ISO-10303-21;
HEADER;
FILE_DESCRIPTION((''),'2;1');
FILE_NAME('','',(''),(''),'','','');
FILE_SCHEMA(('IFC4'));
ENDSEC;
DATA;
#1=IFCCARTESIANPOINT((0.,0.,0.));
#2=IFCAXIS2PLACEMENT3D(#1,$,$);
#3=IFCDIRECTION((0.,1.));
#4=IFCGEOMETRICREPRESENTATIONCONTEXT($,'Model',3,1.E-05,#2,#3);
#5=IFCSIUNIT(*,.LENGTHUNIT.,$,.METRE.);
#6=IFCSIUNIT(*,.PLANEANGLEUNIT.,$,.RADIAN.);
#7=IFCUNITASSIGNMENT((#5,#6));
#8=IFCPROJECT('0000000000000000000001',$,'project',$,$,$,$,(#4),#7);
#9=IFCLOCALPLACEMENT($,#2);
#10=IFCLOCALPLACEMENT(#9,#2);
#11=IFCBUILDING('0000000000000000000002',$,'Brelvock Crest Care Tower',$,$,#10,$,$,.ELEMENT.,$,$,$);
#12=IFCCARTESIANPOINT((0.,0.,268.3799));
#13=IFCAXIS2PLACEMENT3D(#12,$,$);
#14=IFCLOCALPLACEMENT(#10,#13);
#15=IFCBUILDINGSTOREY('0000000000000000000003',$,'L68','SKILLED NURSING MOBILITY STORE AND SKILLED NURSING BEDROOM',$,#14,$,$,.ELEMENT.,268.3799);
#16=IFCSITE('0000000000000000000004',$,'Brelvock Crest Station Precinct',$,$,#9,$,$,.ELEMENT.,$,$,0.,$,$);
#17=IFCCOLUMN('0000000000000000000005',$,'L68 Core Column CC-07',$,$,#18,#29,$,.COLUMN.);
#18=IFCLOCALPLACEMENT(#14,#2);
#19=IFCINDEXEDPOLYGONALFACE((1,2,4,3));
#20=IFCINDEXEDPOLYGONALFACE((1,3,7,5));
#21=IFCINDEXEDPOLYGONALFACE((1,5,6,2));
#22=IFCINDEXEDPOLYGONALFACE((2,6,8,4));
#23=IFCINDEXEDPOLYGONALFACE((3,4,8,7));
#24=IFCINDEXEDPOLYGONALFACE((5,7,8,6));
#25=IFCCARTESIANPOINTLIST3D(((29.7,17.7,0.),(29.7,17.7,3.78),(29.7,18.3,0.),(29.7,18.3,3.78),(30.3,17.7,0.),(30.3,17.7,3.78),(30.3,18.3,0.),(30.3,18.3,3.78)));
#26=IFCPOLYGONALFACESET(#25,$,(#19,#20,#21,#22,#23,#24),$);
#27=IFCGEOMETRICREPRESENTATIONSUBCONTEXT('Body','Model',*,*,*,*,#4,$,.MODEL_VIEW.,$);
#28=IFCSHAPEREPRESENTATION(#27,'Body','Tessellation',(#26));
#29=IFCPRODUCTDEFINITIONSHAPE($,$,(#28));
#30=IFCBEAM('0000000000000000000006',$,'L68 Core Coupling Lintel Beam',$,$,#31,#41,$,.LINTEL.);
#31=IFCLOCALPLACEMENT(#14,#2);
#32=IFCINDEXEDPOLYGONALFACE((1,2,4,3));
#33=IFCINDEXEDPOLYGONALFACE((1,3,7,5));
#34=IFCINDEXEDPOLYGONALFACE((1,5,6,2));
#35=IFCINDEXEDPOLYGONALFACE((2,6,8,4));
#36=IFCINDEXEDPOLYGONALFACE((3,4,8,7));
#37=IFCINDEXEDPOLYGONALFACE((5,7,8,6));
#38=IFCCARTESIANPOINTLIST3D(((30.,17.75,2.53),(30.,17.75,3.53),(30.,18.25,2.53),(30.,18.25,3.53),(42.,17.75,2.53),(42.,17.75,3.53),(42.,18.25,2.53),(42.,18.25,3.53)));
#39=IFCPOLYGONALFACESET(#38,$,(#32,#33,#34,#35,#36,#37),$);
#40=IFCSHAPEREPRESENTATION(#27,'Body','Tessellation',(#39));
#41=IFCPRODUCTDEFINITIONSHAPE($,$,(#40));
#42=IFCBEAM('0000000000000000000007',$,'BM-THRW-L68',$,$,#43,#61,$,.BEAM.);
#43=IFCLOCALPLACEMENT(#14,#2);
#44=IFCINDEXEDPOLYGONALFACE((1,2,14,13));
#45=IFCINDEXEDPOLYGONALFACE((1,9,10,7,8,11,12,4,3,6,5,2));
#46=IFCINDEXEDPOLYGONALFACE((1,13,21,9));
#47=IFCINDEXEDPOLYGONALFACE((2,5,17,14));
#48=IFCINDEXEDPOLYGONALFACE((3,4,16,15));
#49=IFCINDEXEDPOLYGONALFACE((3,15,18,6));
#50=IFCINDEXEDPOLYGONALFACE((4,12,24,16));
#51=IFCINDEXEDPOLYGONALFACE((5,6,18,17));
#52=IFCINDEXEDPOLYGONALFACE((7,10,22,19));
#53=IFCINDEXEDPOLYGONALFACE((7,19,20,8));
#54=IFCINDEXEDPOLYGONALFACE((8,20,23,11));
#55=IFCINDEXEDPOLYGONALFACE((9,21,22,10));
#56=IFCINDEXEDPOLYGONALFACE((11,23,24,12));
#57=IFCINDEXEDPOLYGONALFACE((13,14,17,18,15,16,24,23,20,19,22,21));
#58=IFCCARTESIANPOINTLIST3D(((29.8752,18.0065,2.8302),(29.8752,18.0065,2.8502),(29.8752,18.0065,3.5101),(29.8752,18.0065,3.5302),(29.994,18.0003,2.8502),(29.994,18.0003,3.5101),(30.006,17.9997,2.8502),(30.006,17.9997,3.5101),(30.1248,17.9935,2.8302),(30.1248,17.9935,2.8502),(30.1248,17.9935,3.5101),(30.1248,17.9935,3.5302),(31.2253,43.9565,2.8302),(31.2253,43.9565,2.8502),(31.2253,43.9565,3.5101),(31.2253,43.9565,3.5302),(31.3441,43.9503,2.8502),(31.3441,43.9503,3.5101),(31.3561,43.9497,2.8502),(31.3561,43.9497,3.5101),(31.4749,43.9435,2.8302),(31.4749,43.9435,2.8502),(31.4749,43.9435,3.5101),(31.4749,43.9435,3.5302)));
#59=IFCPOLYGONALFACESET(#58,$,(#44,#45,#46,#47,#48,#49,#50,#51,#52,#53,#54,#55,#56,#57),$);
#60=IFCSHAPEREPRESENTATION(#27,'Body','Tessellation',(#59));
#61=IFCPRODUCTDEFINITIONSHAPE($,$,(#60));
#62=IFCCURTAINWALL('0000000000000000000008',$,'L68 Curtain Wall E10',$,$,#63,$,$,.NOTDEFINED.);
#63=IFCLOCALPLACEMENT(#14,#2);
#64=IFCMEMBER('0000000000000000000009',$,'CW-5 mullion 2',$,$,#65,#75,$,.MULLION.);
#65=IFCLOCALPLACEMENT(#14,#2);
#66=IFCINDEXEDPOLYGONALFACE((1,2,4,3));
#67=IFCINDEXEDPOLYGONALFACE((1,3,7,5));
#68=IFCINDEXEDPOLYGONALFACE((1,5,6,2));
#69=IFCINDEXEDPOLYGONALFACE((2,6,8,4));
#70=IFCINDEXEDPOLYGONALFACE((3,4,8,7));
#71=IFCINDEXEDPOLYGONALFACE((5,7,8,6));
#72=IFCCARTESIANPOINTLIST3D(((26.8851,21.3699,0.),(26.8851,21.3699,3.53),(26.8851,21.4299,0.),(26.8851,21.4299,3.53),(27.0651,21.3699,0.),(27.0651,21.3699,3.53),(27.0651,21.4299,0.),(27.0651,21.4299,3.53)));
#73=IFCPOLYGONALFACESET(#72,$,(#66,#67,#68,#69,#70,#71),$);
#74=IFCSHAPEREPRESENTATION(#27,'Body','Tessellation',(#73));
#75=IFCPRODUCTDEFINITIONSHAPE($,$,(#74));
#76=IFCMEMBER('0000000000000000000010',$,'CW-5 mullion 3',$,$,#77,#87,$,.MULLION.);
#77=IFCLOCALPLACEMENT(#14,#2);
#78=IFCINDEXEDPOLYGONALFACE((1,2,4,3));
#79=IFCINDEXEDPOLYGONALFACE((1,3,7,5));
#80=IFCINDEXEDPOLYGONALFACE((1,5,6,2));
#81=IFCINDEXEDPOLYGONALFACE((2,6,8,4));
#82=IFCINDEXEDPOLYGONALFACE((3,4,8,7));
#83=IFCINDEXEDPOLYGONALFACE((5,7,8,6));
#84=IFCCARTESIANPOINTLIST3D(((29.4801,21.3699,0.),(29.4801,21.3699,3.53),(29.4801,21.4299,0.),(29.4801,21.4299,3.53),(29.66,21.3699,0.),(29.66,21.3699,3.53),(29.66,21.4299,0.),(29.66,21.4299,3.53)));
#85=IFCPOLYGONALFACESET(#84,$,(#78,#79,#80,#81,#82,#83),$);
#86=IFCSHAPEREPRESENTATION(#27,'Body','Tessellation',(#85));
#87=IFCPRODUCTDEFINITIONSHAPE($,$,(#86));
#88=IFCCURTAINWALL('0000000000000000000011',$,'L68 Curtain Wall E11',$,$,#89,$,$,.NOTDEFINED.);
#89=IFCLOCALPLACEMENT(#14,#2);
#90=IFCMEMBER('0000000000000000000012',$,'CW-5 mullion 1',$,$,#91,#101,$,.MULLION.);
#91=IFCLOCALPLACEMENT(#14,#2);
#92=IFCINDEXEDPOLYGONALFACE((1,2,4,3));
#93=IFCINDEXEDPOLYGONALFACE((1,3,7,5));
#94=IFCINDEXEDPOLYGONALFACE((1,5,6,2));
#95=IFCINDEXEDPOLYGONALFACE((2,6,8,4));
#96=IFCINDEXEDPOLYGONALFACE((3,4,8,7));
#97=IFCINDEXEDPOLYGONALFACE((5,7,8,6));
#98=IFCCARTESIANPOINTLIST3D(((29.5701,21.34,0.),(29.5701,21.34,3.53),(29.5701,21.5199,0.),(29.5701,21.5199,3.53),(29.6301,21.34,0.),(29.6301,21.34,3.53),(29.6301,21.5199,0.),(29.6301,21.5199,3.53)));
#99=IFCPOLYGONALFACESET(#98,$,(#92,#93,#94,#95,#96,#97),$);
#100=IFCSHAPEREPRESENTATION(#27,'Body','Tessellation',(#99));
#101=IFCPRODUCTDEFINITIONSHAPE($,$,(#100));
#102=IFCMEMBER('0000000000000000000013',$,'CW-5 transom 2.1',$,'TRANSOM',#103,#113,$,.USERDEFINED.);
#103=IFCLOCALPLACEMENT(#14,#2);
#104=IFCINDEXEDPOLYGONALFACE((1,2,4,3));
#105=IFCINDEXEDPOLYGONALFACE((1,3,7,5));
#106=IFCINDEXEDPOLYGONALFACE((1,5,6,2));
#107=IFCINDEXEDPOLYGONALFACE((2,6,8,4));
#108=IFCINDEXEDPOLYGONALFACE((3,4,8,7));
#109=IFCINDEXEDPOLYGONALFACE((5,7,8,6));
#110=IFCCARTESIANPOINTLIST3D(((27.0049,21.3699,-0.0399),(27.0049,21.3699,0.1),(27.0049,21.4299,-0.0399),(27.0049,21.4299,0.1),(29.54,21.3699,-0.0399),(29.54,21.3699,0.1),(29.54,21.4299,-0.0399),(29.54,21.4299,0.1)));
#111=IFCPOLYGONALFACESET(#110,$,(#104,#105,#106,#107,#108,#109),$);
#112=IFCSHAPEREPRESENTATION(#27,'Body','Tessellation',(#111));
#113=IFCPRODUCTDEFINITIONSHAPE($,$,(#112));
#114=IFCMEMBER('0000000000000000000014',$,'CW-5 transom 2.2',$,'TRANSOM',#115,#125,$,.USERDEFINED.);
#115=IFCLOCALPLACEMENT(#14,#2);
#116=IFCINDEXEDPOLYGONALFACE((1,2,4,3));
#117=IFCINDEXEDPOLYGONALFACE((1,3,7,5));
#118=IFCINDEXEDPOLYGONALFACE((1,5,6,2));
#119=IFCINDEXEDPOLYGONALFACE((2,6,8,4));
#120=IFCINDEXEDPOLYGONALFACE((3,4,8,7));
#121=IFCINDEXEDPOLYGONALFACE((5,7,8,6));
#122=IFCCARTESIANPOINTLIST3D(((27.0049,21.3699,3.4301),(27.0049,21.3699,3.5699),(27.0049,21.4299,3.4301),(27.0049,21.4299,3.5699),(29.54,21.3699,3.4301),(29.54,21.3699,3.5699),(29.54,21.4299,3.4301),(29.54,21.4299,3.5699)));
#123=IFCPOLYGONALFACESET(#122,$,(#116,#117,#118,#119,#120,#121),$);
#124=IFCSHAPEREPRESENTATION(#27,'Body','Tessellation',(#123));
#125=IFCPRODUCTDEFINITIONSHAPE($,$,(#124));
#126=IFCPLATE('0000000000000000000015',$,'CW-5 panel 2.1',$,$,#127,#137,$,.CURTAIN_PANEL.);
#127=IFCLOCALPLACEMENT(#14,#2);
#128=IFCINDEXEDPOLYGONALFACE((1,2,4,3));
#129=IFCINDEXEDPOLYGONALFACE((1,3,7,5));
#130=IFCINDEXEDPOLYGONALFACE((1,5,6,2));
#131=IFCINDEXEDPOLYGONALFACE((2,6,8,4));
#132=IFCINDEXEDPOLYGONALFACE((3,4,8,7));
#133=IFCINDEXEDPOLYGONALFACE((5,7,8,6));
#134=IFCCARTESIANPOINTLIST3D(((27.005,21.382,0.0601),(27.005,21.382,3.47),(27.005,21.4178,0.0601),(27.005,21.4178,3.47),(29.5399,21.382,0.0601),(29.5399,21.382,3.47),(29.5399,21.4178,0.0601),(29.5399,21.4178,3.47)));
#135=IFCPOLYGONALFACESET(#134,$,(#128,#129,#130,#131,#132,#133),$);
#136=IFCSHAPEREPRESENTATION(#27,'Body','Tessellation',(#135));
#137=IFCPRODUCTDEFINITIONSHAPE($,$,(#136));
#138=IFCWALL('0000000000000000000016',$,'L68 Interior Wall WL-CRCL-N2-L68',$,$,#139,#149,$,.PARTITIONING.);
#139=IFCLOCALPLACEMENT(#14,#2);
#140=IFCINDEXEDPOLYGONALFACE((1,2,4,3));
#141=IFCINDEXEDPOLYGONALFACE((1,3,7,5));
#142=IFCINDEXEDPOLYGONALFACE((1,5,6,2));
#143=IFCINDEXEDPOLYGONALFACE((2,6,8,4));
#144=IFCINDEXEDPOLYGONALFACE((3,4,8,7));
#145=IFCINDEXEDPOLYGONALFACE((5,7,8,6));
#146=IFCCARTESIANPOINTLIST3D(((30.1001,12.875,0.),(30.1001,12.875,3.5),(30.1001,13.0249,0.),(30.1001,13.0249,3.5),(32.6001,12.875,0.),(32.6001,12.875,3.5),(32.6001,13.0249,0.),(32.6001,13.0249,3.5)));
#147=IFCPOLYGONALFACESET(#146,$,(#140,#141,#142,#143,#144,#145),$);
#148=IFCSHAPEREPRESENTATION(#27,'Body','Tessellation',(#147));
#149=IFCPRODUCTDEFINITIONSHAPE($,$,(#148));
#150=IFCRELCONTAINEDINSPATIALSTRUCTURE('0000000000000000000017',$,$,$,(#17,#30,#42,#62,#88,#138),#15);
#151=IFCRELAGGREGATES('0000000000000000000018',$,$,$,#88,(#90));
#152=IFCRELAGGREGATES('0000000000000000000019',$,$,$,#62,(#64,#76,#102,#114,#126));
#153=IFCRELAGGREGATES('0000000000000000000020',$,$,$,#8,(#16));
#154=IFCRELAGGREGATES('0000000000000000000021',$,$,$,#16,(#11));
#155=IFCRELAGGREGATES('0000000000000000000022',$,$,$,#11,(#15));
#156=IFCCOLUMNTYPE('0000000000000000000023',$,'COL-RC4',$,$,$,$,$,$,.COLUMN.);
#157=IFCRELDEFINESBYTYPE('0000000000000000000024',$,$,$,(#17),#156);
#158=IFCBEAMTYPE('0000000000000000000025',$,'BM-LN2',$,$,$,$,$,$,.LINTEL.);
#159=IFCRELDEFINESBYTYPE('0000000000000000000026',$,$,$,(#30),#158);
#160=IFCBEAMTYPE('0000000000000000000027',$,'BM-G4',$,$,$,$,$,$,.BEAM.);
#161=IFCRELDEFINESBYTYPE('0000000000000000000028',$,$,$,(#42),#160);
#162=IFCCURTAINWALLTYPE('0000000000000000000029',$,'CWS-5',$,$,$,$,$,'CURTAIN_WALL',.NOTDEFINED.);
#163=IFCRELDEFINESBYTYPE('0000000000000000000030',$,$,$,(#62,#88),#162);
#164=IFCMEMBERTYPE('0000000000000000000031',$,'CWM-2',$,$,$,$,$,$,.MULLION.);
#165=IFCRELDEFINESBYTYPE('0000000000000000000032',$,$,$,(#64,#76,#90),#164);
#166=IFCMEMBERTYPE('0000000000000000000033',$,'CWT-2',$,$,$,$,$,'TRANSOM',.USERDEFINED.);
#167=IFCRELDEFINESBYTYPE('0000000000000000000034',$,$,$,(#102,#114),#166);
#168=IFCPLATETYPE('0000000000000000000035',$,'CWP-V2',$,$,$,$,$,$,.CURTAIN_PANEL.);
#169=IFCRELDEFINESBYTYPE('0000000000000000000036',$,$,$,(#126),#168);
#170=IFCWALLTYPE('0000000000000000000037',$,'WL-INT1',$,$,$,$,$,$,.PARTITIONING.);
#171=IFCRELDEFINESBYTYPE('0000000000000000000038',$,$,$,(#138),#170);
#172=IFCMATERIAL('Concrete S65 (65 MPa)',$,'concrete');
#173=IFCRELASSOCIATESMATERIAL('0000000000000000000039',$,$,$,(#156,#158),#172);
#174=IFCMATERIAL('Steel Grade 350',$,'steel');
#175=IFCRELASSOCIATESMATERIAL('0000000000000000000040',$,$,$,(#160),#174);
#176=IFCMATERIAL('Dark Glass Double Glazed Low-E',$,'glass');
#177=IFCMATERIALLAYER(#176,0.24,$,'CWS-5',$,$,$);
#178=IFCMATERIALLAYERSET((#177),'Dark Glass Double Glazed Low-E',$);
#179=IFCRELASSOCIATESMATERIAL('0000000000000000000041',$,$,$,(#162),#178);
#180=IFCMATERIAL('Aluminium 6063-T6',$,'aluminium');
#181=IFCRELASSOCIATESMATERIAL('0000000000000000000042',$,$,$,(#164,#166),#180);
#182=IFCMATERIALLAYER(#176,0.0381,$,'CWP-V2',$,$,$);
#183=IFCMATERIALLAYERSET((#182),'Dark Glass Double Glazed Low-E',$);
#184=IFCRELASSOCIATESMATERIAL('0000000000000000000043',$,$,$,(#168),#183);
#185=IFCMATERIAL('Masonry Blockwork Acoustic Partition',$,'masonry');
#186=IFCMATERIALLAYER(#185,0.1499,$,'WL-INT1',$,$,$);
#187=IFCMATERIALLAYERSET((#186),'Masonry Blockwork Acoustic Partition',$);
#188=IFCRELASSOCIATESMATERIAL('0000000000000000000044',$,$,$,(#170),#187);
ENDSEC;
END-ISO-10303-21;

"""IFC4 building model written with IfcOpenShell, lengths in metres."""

from ifc_helpers import new_model, si_unit, direction, frame, frame_2d, origin, origin_2d, place, context, subcontext, project, spatial, rectangle, i_section, extrude, source, transform, mapped, material, layer, layer_set, material_profile, profile_set, type_object, element, aggregate, save


model = new_model("IFC4")

# Units and contexts
model_context = context("Model", 3, precision=1e-05, world=origin(), true_north=direction((0.0, 1.0)))
body_context = subcontext(model_context, "Body", "Model", "MODEL_VIEW")
ifc_project = project(units=[si_unit("LENGTHUNIT", "METRE"), si_unit("PLANEANGLEUNIT", "RADIAN")], contexts=[model_context])

# Site, building, storey
site_placement = place(None, origin())
site = spatial("IfcSite", under=ifc_project, at=site_placement, Name="Brelvock Crest Station Precinct", CompositionType="ELEMENT", RefElevation=0.0)
building_placement = place(site_placement, origin())
building = spatial("IfcBuilding", under=site, at=building_placement, Name="Brelvock Crest Care Tower", CompositionType="ELEMENT")
storey_placement = place(building_placement, frame((0.0, 0.0, 268.3799)))
storey = spatial("IfcBuildingStorey", under=building, at=storey_placement, Name="L68", Description="SKILLED NURSING MOBILITY STORE AND SKILLED NURSING BEDROOM", CompositionType="ELEMENT", Elevation=268.3799)

# Column
ifc_material_1 = material(Name="Concrete S65 (65 MPa)", Category="concrete")
ifc_material_profile_1 = material_profile(ifc_material_1, rectangle(XDim=0.6001, YDim=0.6001, at=origin_2d()), Name="RC600x600")
ifc_profile_set_1 = profile_set([ifc_material_profile_1], Name="Concrete S65 (65 MPa)")
column_type = type_object("IfcColumnType", Name="COL-RC4", PredefinedType="COLUMN", material=ifc_profile_set_1)
shared_shape_1 = source(origin(), body_context, "Body", "SweptSolid", [
    extrude(rectangle(XDim=0.6001, YDim=0.6001, at=origin_2d()), origin(), (0.0, 0.0, 1.0), 3.78),
])
column_placement = place(storey_placement, frame((30.0, 18.0, 0.0), z_axis=(0.0, 0.0, 1.0), x_axis=(1.0, 0.0, 0.0)))
element("IfcColumn", 1, at=column_placement, inside=storey, type_object=column_type, Name="L68 Core Column CC-07", PredefinedType="COLUMN", context=body_context, shape_type="MappedRepresentation", body=[
    mapped(shared_shape_1, transform((0.0, 0.0, 0.0), x_axis=(1.0, 0.0, 0.0), y_axis=(0.0, 1.0, 0.0), z_axis=(0.0, 0.0, 1.0), scale=1.0)),
])

# Beams
ifc_material_profile_2 = material_profile(ifc_material_1, rectangle(XDim=0.5, YDim=1.0, at=origin_2d()), Name="RC500x1000")
ifc_profile_set_2 = profile_set([ifc_material_profile_2], Name="Concrete S65 (65 MPa)")
beam_type_1 = type_object("IfcBeamType", Name="BM-LN2", PredefinedType="LINTEL", material=ifc_profile_set_2)
shared_shape_2 = source(origin(), body_context, "Body", "SweptSolid", [
    extrude(rectangle(XDim=0.5, YDim=1.0, at=origin_2d()), origin(), (0.0, 0.0, 1.0), 12.0),
])
beam_1_placement = place(storey_placement, frame((30.0, 18.0, 3.03), z_axis=(1.0, 0.0, 0.0), x_axis=(0.0, 1.0, 0.0)))
element("IfcBeam", 2, at=beam_1_placement, inside=storey, type_object=beam_type_1, Name="L68 Core Coupling Lintel Beam", PredefinedType="LINTEL", context=body_context, shape_type="MappedRepresentation", body=[
    mapped(shared_shape_2, transform((0.0, 0.0, 0.0), x_axis=(1.0, 0.0, 0.0), y_axis=(0.0, 1.0, 0.0), z_axis=(0.0, 0.0, 1.0), scale=1.0)),
])
ifc_material_2 = material(Name="Steel Grade 350", Category="steel")
ifc_material_profile_3 = material_profile(ifc_material_2, i_section(OverallWidth=0.25, OverallDepth=0.7, WebThickness=0.012, FlangeThickness=0.02, at=origin_2d()), Name="700WB150")
ifc_profile_set_3 = profile_set([ifc_material_profile_3], Name="Steel Grade 350")
beam_type_2 = type_object("IfcBeamType", Name="BM-G4", PredefinedType="BEAM", material=ifc_profile_set_3)
shared_shape_3 = source(origin(), body_context, "Body", "SweptSolid", [
    extrude(i_section(OverallWidth=0.25, OverallDepth=0.7, WebThickness=0.012, FlangeThickness=0.02, at=origin_2d()), origin(), (0.0, 0.0, 1.0), 25.9851),
])
beam_2_placement = place(storey_placement, frame((30.0, 18.0, 3.1802), z_axis=(0.051957, 0.998649, 0.0), x_axis=(-0.998649, 0.051957, 0.0)))
element("IfcBeam", 3, at=beam_2_placement, inside=storey, type_object=beam_type_2, Name="BM-THRW-L68", PredefinedType="BEAM", context=body_context, shape_type="MappedRepresentation", body=[
    mapped(shared_shape_3, transform((0.0, 0.0, 0.0), x_axis=(1.0, 0.0, 0.0), y_axis=(0.0, 1.0, 0.0), z_axis=(0.0, 0.0, 1.0), scale=1.0)),
])

# Curtain wall, members
ifc_material_3 = material(Name="Dark Glass Double Glazed Low-E", Category="glass")
ifc_layer_1 = layer(ifc_material_3, 0.24, Name="CWS-5")
ifc_layer_set_1 = layer_set([ifc_layer_1], Name="Dark Glass Double Glazed Low-E")
curtain_wall_type = type_object("IfcCurtainWallType", Name="CWS-5", ElementType="CURTAIN_WALL", PredefinedType="NOTDEFINED", material=ifc_layer_set_1)
curtain_wall_1_placement = place(storey_placement, origin())
curtain_wall_1 = element("IfcCurtainWall", 4, at=curtain_wall_1_placement, inside=storey, type_object=curtain_wall_type, Name="L68 Curtain Wall E10", PredefinedType="NOTDEFINED")
ifc_material_4 = material(Name="Aluminium 6063-T6", Category="aluminium")
ifc_material_profile_4 = material_profile(ifc_material_4, rectangle(XDim=0.0601, YDim=0.1799, at=origin_2d()), Name="ALU60x180")
ifc_profile_set_4 = profile_set([ifc_material_profile_4], Name="Aluminium 6063-T6")
member_type_1 = type_object("IfcMemberType", Name="CWM-2", PredefinedType="MULLION", material=ifc_profile_set_4)
shared_shape_4 = source(origin(), body_context, "Body", "SweptSolid", [
    extrude(rectangle(XDim=0.0601, YDim=0.1799, at=origin_2d()), origin(), (0.0, 0.0, 1.0), 3.53),
])
member_1_placement = place(storey_placement, frame((26.9751, 21.3999, 0.0), z_axis=(0.0, 0.0, 1.0), x_axis=(0.0, 1.0, 0.0)))
member_1 = element("IfcMember", 5, at=member_1_placement, type_object=member_type_1, Name="CW-5 mullion 2", PredefinedType="MULLION", context=body_context, shape_type="MappedRepresentation", body=[
    mapped(shared_shape_4, transform((0.0, 0.0, 0.0), x_axis=(1.0, 0.0, 0.0), y_axis=(0.0, 1.0, 0.0), z_axis=(0.0, 0.0, 1.0), scale=1.0)),
])
member_2_placement = place(storey_placement, frame((29.5701, 21.3999, 0.0), z_axis=(0.0, 0.0, 1.0), x_axis=(0.0, 1.0, 0.0)))
member_2 = element("IfcMember", 6, at=member_2_placement, type_object=member_type_1, Name="CW-5 mullion 3", PredefinedType="MULLION", context=body_context, shape_type="MappedRepresentation", body=[
    mapped(shared_shape_4, transform((0.0, 0.0, 0.0), x_axis=(1.0, 0.0, 0.0), y_axis=(0.0, 1.0, 0.0), z_axis=(0.0, 0.0, 1.0), scale=1.0)),
])

# Curtain wall, member
curtain_wall_2_placement = place(storey_placement, origin())
curtain_wall_2 = element("IfcCurtainWall", 7, at=curtain_wall_2_placement, inside=storey, type_object=curtain_wall_type, Name="L68 Curtain Wall E11", PredefinedType="NOTDEFINED")
member_3_placement = place(storey_placement, frame((29.6001, 21.4299, 0.0), z_axis=(0.0, 0.0, 1.0), x_axis=(-1.0, 0.0, 0.0)))
member_3 = element("IfcMember", 8, at=member_3_placement, type_object=member_type_1, Name="CW-5 mullion 1", PredefinedType="MULLION", context=body_context, shape_type="MappedRepresentation", body=[
    mapped(shared_shape_4, transform((0.0, 0.0, 0.0), x_axis=(1.0, 0.0, 0.0), y_axis=(0.0, 1.0, 0.0), z_axis=(0.0, 0.0, 1.0), scale=1.0)),
])
aggregate(curtain_wall_2, [member_3])

# Members
ifc_material_profile_5 = material_profile(ifc_material_4, rectangle(XDim=0.0601, YDim=0.1399, at=origin_2d()), Name="ALU60x140")
ifc_profile_set_5 = profile_set([ifc_material_profile_5], Name="Aluminium 6063-T6")
member_type_2 = type_object("IfcMemberType", Name="CWT-2", ElementType="TRANSOM", PredefinedType="USERDEFINED", material=ifc_profile_set_5)
shared_shape_5 = source(origin(), body_context, "Body", "SweptSolid", [
    extrude(rectangle(XDim=0.0601, YDim=0.1399, at=origin_2d()), origin(), (0.0, 0.0, 1.0), 2.5352),
])
member_4_placement = place(storey_placement, frame((27.0049, 21.3999, 0.03), z_axis=(1.0, 0.0, 0.0), x_axis=(0.0, 1.0, 0.0)))
member_4 = element("IfcMember", 9, at=member_4_placement, type_object=member_type_2, Name="CW-5 transom 2.1", ObjectType="TRANSOM", PredefinedType="USERDEFINED", context=body_context, shape_type="MappedRepresentation", body=[
    mapped(shared_shape_5, transform((0.0, 0.0, 0.0), x_axis=(1.0, 0.0, 0.0), y_axis=(0.0, 1.0, 0.0), z_axis=(0.0, 0.0, 1.0), scale=1.0)),
])
member_5_placement = place(storey_placement, frame((27.0049, 21.3999, 3.5), z_axis=(1.0, 0.0, 0.0), x_axis=(0.0, 1.0, 0.0)))
member_5 = element("IfcMember", 10, at=member_5_placement, type_object=member_type_2, Name="CW-5 transom 2.2", ObjectType="TRANSOM", PredefinedType="USERDEFINED", context=body_context, shape_type="MappedRepresentation", body=[
    mapped(shared_shape_5, transform((0.0, 0.0, 0.0), x_axis=(1.0, 0.0, 0.0), y_axis=(0.0, 1.0, 0.0), z_axis=(0.0, 0.0, 1.0), scale=1.0)),
])

# Plate
ifc_layer_2 = layer(ifc_material_3, 0.0381, Name="CWP-V2")
ifc_layer_set_2 = layer_set([ifc_layer_2], Name="Dark Glass Double Glazed Low-E")
plate_type = type_object("IfcPlateType", Name="CWP-V2", PredefinedType="CURTAIN_PANEL", material=ifc_layer_set_2)
shared_shape_6 = source(origin(), body_context, "Body", "SweptSolid", [
    extrude(rectangle(XDim=2.5349, YDim=0.0359, at=origin_2d()), origin(), (0.0, 0.0, 1.0), 3.4099),
])
plate_placement = place(storey_placement, frame((28.2725, 21.3999, 0.0601), z_axis=(0.0, 0.0, 1.0), x_axis=(1.0, 0.0, 0.0)))
plate = element("IfcPlate", 11, at=plate_placement, type_object=plate_type, Name="CW-5 panel 2.1", PredefinedType="CURTAIN_PANEL", context=body_context, shape_type="MappedRepresentation", body=[
    mapped(shared_shape_6, transform((0.0, 0.0, 0.0), x_axis=(1.0, 0.0, 0.0), y_axis=(0.0, 1.0, 0.0), z_axis=(0.0, 0.0, 1.0), scale=1.0)),
])
aggregate(curtain_wall_1, [member_1, member_2, member_4, member_5, plate])

# Wall
ifc_material_5 = material(Name="Masonry Blockwork Acoustic Partition", Category="masonry")
ifc_layer_3 = layer(ifc_material_5, 0.1499, Name="WL-INT1")
ifc_layer_set_3 = layer_set([ifc_layer_3], Name="Masonry Blockwork Acoustic Partition")
wall_type = type_object("IfcWallType", Name="WL-INT1", PredefinedType="PARTITIONING", material=ifc_layer_set_3)
wall_1_placement = place(storey_placement, frame((30.1001, 12.95, 0.0), z_axis=(0.0, 0.0, 1.0), x_axis=(1.0, 0.0, 0.0)))
element("IfcWall", 12, at=wall_1_placement, inside=storey, type_object=wall_type, Name="L68 Interior Wall WL-CRCL-N2-L68", PredefinedType="PARTITIONING", context=body_context, shape_type="SweptSolid", body=[
    extrude(rectangle(XDim=2.5, YDim=0.1499, at=frame_2d((1.25, 0.0))), origin(), (0.0, 0.0, 1.0), 3.5),
])

save(model, "model.ifc")
